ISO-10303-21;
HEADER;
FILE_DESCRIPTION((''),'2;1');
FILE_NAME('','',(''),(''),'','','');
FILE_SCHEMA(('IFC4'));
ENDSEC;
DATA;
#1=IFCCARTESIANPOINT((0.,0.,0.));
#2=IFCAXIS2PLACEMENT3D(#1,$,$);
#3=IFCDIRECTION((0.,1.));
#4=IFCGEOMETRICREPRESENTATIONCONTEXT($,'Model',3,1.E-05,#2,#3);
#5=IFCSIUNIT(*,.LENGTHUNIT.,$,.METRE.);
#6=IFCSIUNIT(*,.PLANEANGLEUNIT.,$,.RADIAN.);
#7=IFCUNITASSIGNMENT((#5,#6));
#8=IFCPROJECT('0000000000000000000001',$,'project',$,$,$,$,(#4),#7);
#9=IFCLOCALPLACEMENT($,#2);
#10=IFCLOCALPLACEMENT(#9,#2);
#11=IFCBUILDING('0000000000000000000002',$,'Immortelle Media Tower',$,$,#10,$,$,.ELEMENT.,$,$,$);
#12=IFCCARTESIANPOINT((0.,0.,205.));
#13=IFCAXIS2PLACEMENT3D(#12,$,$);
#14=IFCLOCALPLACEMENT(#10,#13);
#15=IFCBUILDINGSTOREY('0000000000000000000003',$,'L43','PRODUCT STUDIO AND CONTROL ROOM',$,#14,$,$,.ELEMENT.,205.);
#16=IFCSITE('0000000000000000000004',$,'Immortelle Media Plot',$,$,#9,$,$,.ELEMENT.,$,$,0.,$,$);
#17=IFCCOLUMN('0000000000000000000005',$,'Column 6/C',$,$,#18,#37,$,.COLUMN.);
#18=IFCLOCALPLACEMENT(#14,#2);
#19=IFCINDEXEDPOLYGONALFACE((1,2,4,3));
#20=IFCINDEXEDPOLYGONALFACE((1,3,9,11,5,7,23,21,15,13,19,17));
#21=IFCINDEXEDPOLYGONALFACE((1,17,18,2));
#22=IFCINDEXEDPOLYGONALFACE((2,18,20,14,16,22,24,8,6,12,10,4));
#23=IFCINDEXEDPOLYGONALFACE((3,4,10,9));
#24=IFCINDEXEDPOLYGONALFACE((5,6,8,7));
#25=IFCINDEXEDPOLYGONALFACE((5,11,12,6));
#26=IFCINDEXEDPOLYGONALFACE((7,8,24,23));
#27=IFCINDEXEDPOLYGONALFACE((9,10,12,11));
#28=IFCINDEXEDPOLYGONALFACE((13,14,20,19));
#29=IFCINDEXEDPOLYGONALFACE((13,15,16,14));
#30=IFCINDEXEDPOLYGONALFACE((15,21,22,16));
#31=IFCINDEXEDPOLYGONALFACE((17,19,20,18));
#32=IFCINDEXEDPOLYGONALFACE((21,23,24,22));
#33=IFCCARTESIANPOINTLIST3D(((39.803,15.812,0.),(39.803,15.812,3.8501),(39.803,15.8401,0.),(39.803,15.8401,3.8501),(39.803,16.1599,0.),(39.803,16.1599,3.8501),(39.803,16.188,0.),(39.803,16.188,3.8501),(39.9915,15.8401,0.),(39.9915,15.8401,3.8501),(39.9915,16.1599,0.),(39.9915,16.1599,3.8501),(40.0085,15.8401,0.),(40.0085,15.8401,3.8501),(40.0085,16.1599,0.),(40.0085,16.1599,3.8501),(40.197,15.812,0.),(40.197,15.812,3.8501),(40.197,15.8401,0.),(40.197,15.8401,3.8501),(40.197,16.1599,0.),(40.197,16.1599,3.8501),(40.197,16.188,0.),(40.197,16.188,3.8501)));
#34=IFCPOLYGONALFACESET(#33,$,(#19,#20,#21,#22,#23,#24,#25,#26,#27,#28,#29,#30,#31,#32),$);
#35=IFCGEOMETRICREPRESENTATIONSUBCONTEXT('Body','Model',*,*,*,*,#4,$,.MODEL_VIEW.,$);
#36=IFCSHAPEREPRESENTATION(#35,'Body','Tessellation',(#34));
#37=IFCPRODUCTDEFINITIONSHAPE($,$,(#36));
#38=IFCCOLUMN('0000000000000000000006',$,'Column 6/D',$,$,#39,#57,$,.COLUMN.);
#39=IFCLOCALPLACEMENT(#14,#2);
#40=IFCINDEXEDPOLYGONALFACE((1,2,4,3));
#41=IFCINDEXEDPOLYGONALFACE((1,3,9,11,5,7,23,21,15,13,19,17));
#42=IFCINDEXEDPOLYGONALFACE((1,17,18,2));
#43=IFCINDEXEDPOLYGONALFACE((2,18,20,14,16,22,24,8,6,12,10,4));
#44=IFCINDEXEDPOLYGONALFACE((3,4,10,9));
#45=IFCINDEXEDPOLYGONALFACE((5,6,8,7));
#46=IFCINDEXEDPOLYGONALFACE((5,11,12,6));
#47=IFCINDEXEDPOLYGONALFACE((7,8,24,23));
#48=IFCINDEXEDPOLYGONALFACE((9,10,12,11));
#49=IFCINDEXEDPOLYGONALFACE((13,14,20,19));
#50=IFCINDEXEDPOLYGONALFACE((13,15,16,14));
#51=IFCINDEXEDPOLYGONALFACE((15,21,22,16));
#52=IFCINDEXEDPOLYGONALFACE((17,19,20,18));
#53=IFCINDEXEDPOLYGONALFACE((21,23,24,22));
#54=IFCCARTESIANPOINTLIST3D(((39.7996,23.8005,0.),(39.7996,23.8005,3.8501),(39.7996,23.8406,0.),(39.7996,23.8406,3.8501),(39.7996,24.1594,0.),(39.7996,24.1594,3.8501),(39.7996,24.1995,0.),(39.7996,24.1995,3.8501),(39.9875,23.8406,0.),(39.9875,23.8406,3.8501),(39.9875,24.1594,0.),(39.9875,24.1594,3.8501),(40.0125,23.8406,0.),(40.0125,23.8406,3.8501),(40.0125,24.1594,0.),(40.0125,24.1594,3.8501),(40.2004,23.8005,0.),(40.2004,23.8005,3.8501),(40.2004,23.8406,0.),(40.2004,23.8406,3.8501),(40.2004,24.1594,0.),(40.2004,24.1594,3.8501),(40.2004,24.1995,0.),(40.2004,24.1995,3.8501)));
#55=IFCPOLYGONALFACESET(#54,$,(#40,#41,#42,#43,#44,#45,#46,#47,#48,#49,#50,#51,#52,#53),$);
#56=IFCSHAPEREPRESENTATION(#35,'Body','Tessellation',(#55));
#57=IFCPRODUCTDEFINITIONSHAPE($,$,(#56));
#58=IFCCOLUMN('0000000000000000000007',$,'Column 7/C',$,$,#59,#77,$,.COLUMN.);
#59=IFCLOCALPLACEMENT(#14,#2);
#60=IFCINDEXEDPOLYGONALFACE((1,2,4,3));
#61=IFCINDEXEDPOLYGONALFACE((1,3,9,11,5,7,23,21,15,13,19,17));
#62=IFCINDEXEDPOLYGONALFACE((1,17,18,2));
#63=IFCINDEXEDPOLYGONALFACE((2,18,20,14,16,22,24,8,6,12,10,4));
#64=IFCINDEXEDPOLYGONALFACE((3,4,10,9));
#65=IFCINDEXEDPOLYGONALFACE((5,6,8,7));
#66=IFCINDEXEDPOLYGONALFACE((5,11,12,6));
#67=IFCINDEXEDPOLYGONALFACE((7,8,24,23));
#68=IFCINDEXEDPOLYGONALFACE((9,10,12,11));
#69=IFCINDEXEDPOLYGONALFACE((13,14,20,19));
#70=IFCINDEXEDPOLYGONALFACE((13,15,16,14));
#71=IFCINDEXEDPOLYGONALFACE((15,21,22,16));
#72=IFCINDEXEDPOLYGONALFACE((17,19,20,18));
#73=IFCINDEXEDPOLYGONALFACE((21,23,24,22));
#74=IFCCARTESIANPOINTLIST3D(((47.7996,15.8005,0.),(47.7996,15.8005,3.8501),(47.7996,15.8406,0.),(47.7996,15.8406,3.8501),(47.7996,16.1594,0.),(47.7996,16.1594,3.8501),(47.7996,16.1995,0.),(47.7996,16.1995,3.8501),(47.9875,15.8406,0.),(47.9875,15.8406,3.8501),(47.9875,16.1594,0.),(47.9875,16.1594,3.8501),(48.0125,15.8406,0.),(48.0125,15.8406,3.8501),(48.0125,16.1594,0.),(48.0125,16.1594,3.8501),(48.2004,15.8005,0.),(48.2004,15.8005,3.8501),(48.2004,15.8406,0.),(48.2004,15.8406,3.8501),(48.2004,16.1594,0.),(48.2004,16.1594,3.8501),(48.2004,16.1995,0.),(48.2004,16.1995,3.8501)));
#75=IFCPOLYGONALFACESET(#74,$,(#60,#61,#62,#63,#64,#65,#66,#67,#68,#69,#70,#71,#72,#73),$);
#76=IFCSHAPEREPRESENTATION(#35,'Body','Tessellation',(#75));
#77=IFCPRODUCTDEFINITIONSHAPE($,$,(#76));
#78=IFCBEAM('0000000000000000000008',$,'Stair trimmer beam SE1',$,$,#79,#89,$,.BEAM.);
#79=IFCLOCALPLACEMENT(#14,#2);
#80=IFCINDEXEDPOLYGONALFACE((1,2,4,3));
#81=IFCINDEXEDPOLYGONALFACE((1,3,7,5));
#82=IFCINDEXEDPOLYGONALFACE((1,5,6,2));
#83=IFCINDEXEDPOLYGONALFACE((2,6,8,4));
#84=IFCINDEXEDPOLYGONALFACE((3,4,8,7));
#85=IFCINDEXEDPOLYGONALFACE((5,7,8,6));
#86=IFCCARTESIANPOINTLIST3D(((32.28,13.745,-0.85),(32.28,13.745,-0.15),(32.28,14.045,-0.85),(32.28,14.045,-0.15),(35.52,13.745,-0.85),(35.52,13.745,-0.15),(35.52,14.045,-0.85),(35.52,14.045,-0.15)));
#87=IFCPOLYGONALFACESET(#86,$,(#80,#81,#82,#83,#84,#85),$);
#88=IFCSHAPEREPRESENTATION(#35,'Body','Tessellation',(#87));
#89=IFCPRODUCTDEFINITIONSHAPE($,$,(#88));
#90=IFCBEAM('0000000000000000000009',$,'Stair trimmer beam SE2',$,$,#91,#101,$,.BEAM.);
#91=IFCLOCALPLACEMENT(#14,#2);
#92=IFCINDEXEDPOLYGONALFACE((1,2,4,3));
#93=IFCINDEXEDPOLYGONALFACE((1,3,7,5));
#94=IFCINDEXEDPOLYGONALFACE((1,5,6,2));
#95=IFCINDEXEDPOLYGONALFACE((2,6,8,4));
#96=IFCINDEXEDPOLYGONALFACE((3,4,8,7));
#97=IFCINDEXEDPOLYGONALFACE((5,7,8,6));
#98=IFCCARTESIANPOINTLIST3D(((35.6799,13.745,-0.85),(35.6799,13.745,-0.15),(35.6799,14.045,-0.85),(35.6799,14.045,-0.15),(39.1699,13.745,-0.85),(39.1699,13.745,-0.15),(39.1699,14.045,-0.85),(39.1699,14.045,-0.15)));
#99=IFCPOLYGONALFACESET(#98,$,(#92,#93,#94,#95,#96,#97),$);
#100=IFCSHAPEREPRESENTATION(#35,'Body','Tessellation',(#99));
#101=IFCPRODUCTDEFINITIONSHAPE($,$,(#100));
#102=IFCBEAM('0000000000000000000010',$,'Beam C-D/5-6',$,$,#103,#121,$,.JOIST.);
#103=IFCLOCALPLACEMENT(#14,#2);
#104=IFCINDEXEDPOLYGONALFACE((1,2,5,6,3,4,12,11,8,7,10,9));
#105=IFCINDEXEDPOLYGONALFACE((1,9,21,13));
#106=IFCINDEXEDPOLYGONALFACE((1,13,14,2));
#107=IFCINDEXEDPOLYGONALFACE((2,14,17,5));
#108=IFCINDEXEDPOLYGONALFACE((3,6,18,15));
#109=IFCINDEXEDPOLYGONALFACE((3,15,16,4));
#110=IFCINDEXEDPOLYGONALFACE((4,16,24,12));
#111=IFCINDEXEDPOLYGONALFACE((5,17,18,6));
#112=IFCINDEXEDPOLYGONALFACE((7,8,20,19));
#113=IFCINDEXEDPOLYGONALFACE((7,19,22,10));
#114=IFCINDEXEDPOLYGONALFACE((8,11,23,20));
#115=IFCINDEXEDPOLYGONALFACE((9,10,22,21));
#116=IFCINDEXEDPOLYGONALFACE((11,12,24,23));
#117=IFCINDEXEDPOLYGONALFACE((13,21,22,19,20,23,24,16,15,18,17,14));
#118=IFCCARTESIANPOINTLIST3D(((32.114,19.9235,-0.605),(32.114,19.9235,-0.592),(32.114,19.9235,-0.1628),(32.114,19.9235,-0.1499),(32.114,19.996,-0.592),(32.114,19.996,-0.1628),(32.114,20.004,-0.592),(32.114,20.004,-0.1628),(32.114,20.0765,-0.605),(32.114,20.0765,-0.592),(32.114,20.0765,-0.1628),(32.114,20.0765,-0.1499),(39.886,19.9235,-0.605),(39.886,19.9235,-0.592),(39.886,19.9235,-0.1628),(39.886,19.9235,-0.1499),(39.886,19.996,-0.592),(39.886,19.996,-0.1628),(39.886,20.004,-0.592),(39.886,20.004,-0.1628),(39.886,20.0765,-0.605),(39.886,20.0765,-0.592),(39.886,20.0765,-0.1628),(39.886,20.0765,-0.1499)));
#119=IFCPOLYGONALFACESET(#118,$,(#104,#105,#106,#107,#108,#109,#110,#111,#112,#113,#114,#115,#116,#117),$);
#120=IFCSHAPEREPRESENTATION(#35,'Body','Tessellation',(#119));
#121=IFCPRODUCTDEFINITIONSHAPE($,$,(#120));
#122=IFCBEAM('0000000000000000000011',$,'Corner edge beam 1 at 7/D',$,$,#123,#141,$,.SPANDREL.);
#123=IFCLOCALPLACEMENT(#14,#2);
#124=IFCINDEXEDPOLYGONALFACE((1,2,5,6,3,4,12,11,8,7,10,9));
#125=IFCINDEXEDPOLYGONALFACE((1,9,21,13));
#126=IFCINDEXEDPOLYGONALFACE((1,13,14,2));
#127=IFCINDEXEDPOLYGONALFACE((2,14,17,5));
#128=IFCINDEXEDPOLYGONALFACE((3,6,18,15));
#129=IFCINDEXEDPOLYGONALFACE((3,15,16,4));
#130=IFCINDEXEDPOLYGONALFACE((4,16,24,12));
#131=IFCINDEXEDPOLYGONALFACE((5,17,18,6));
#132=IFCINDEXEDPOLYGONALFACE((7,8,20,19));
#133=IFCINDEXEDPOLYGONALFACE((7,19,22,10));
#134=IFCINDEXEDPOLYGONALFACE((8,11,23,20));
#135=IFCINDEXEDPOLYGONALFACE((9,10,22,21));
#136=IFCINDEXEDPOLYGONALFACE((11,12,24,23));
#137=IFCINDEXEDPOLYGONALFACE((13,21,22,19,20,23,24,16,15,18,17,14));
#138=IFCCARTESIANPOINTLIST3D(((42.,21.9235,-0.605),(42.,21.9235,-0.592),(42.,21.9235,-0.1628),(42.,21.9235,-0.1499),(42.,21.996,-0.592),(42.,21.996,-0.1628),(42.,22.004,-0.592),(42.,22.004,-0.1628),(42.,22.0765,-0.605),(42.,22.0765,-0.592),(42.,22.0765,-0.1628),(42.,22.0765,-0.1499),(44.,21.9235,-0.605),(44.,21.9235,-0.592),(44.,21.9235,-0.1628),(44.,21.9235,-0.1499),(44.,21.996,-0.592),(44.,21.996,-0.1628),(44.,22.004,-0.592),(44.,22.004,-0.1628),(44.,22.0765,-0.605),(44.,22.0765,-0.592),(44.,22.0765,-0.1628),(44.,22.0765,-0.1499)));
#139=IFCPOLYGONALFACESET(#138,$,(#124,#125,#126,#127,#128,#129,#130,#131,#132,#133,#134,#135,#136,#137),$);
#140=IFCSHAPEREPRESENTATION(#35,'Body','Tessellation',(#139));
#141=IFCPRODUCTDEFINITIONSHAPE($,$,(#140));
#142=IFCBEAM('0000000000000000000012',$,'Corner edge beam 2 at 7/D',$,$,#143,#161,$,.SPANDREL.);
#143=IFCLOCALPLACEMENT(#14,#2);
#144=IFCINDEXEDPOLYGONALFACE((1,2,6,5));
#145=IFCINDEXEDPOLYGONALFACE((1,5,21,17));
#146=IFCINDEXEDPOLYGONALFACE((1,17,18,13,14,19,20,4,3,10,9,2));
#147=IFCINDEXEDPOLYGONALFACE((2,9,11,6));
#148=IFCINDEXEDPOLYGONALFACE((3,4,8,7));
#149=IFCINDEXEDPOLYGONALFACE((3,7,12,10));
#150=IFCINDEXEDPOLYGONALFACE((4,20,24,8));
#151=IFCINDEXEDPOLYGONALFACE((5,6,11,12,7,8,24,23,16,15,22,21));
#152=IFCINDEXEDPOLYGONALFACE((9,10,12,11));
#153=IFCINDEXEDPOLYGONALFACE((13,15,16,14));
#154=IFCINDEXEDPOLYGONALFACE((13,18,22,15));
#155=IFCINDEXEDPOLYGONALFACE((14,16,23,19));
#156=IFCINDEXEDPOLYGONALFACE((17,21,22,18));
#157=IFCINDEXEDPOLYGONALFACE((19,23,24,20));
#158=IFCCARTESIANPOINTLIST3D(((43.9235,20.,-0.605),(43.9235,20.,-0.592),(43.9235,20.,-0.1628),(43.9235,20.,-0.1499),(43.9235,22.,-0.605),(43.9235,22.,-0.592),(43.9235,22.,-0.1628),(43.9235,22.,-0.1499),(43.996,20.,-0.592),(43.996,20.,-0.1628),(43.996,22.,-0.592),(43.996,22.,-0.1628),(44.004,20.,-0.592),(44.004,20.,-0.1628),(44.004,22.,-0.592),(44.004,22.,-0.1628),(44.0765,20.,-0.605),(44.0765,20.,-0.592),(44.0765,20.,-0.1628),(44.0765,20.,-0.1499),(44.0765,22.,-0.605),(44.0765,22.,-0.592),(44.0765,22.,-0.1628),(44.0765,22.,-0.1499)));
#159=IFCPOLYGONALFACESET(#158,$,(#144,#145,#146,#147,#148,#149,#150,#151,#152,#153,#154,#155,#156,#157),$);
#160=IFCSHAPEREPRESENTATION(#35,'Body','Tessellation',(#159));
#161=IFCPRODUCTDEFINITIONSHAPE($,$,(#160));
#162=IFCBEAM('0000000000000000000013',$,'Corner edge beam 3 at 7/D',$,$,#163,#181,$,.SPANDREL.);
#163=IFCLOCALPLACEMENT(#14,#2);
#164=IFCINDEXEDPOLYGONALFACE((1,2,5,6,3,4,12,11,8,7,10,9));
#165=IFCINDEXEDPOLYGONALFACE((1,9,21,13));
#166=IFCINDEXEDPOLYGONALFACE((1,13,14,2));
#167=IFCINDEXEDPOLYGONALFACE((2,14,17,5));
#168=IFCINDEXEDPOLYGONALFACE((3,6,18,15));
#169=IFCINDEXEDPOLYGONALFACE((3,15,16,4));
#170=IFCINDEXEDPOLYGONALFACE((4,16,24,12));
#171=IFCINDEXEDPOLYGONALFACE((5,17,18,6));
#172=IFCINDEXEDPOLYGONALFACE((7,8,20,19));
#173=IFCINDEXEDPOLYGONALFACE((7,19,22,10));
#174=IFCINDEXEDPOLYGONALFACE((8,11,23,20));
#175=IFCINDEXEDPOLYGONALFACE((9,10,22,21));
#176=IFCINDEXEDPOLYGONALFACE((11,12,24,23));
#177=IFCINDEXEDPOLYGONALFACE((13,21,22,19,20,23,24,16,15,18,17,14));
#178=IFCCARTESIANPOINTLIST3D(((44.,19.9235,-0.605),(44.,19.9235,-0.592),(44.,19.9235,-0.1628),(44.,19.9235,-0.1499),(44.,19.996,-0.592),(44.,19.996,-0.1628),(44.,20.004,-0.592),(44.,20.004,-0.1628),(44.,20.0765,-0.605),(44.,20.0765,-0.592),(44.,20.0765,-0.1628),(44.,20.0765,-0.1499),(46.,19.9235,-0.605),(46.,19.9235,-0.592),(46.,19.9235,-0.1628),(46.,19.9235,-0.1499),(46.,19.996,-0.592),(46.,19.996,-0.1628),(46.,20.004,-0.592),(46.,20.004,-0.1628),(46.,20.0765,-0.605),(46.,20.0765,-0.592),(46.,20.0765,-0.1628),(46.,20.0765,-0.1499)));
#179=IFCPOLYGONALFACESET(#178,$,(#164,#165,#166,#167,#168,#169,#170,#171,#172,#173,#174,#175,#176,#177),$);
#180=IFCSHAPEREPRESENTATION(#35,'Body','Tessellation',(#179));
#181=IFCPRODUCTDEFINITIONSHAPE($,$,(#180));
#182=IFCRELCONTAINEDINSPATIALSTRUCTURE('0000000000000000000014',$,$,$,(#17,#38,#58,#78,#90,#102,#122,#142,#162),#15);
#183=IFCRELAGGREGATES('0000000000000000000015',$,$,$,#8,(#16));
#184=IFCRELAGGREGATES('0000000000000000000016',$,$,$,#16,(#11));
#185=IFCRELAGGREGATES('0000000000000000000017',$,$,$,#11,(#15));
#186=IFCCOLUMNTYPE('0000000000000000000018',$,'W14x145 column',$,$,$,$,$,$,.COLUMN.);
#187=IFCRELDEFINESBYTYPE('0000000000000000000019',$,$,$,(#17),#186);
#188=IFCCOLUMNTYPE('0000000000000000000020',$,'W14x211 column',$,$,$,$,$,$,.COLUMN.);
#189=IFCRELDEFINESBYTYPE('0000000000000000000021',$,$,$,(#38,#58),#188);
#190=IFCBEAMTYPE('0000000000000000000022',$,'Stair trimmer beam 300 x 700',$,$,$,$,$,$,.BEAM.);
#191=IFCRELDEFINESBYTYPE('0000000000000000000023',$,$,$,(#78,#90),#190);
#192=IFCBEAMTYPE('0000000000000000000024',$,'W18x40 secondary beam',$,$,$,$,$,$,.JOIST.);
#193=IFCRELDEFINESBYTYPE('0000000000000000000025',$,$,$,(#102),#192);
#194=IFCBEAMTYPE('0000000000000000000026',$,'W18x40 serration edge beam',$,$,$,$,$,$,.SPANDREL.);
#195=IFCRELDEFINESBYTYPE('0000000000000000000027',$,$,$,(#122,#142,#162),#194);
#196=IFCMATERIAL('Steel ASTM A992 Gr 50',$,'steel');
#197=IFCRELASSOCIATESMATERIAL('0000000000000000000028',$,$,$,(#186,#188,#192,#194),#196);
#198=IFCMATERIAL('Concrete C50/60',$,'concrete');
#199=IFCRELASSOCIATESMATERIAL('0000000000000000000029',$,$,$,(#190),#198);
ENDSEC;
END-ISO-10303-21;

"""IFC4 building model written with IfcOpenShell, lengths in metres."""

from ifc_helpers import new_model, si_unit, direction, frame, origin, origin_2d, place, context, subcontext, project, spatial, rectangle, i_section, extrude, material, material_profile, profile_set, type_object, element, save


model = new_model("IFC4")

# Units and contexts
model_context = context("Model", 3, precision=1e-05, world=origin(), true_north=direction((0.0, 1.0)))
body_context = subcontext(model_context, "Body", "Model", "MODEL_VIEW")
ifc_project = project(units=[si_unit("LENGTHUNIT", "METRE"), si_unit("PLANEANGLEUNIT", "RADIAN")], contexts=[model_context])

# Site, building, storey
site_placement = place(None, origin())
site = spatial("IfcSite", under=ifc_project, at=site_placement, Name="Immortelle Media Plot", CompositionType="ELEMENT", RefElevation=0.0)
building_placement = place(site_placement, origin())
building = spatial("IfcBuilding", under=site, at=building_placement, Name="Immortelle Media Tower", CompositionType="ELEMENT")
storey_placement = place(building_placement, frame((0.0, 0.0, 205.0)))
storey = spatial("IfcBuildingStorey", under=building, at=storey_placement, Name="L43", Description="PRODUCT STUDIO AND CONTROL ROOM", CompositionType="ELEMENT", Elevation=205.0)

# Columns
ifc_material_1 = material(Name="Steel ASTM A992 Gr 50", Category="steel")
ifc_material_profile_1 = material_profile(ifc_material_1, i_section(OverallWidth=0.394, OverallDepth=0.376, WebThickness=0.0171, FlangeThickness=0.0281, at=origin_2d()), Name="W14x145")
ifc_profile_set_1 = profile_set([ifc_material_profile_1], Name="Steel ASTM A992 Gr 50")
column_type_1 = type_object("IfcColumnType", Name="W14x145 column", PredefinedType="COLUMN", material=ifc_profile_set_1)
column_placement = place(storey_placement, frame((40.0, 16.0, 0.0), z_axis=(0.0, 0.0, 1.0), x_axis=(1.0, 0.0, 0.0)))
element("IfcColumn", 1, at=column_placement, inside=storey, type_object=column_type_1, Name="Column 6/C", PredefinedType="COLUMN", context=body_context, shape_type="SweptSolid", body=[
    extrude(i_section(OverallWidth=0.394, OverallDepth=0.376, WebThickness=0.0171, FlangeThickness=0.0281, at=origin_2d()), origin(), (0.0, 0.0, 1.0), 3.8501),
])
ifc_material_profile_2 = material_profile(ifc_material_1, i_section(OverallWidth=0.4009, OverallDepth=0.3989, WebThickness=0.0249, FlangeThickness=0.04, at=origin_2d()), Name="W14x211")
ifc_profile_set_2 = profile_set([ifc_material_profile_2], Name="Steel ASTM A992 Gr 50")
column_type_2 = type_object("IfcColumnType", Name="W14x211 column", PredefinedType="COLUMN", material=ifc_profile_set_2)
for number, where, z_axis, x_axis, name in (
    (2, (40.0, 24.0, 0.0), (0.0, 0.0, 1.0), (1.0, 0.0, 0.0), "Column 6/D"),
    (3, (48.0, 16.0, 0.0), (0.0, 0.0, 1.0), (1.0, 0.0, 0.0), "Column 7/C"),
):
    element("IfcColumn", number, at=place(storey_placement, frame(where, z_axis=z_axis, x_axis=x_axis)), inside=storey, type_object=column_type_2, Name=name, PredefinedType="COLUMN", context=body_context, shape_type="SweptSolid", body=[
        extrude(i_section(OverallWidth=0.4009, OverallDepth=0.3989, WebThickness=0.0249, FlangeThickness=0.04, at=origin_2d()), origin(), (0.0, 0.0, 1.0), 3.8501),
    ])

# Beams
ifc_material_2 = material(Name="Concrete C50/60", Category="concrete")
ifc_material_profile_3 = material_profile(ifc_material_2, rectangle(XDim=0.3, YDim=0.7, at=origin_2d()), Name="RC 300x700")
ifc_profile_set_3 = profile_set([ifc_material_profile_3], Name="Concrete C50/60")
beam_type_1 = type_object("IfcBeamType", Name="Stair trimmer beam 300 x 700", PredefinedType="BEAM", material=ifc_profile_set_3)
beam_1_placement = place(storey_placement, frame((32.28, 13.895, -0.5), z_axis=(1.0, 0.0, 0.0), x_axis=(0.0, 1.0, 0.0)))
element("IfcBeam", 4, at=beam_1_placement, inside=storey, type_object=beam_type_1, Name="Stair trimmer beam SE1", PredefinedType="BEAM", context=body_context, shape_type="SweptSolid", body=[
    extrude(rectangle(XDim=0.3, YDim=0.7, at=origin_2d()), origin(), (0.0, 0.0, 1.0), 3.24),
])
beam_2_placement = place(storey_placement, frame((35.6799, 13.895, -0.5), z_axis=(1.0, 0.0, 0.0), x_axis=(0.0, 1.0, 0.0)))
element("IfcBeam", 5, at=beam_2_placement, inside=storey, type_object=beam_type_1, Name="Stair trimmer beam SE2", PredefinedType="BEAM", context=body_context, shape_type="SweptSolid", body=[
    extrude(rectangle(XDim=0.3, YDim=0.7, at=origin_2d()), origin(), (0.0, 0.0, 1.0), 3.49),
])
ifc_material_profile_4 = material_profile(ifc_material_1, i_section(OverallWidth=0.1531, OverallDepth=0.4551, WebThickness=0.0081, FlangeThickness=0.0129, at=origin_2d()), Name="W18x40")
ifc_profile_set_4 = profile_set([ifc_material_profile_4], Name="Steel ASTM A992 Gr 50")
beam_type_2 = type_object("IfcBeamType", Name="W18x40 secondary beam", PredefinedType="JOIST", material=ifc_profile_set_4)
beam_3_placement = place(storey_placement, frame((32.114, 20.0, -0.3774), z_axis=(1.0, 0.0, 0.0), x_axis=(0.0, 1.0, 0.0)))
element("IfcBeam", 6, at=beam_3_placement, inside=storey, type_object=beam_type_2, Name="Beam C-D/5-6", PredefinedType="JOIST", context=body_context, shape_type="SweptSolid", body=[
    extrude(i_section(OverallWidth=0.1531, OverallDepth=0.4551, WebThickness=0.0081, FlangeThickness=0.0129, at=origin_2d()), origin(), (0.0, 0.0, 1.0), 7.772),
])
ifc_material_profile_5 = material_profile(ifc_material_1, i_section(OverallWidth=0.1531, OverallDepth=0.4551, WebThickness=0.0081, FlangeThickness=0.0129, at=origin_2d()), Name="W18x40")
ifc_profile_set_5 = profile_set([ifc_material_profile_5], Name="Steel ASTM A992 Gr 50")
beam_type_3 = type_object("IfcBeamType", Name="W18x40 serration edge beam", PredefinedType="SPANDREL", material=ifc_profile_set_5)
for number, where, z_axis, x_axis, name in (
    (7, (42.0, 22.0, -0.3774), (1.0, 0.0, 0.0), (0.0, 1.0, 0.0), "Corner edge beam 1 at 7/D"),
    (8, (44.0, 22.0, -0.3774), (0.0, -1.0, 0.0), (1.0, 0.0, 0.0), "Corner edge beam 2 at 7/D"),
    (9, (44.0, 20.0, -0.3774), (1.0, 0.0, 0.0), (0.0, 1.0, 0.0), "Corner edge beam 3 at 7/D"),
):
    element("IfcBeam", number, at=place(storey_placement, frame(where, z_axis=z_axis, x_axis=x_axis)), inside=storey, type_object=beam_type_3, Name=name, PredefinedType="SPANDREL", context=body_context, shape_type="SweptSolid", body=[
        extrude(i_section(OverallWidth=0.1531, OverallDepth=0.4551, WebThickness=0.0081, FlangeThickness=0.0129, at=origin_2d()), origin(), (0.0, 0.0, 1.0), 2.0),
    ])

save(model, "model.ifc")
